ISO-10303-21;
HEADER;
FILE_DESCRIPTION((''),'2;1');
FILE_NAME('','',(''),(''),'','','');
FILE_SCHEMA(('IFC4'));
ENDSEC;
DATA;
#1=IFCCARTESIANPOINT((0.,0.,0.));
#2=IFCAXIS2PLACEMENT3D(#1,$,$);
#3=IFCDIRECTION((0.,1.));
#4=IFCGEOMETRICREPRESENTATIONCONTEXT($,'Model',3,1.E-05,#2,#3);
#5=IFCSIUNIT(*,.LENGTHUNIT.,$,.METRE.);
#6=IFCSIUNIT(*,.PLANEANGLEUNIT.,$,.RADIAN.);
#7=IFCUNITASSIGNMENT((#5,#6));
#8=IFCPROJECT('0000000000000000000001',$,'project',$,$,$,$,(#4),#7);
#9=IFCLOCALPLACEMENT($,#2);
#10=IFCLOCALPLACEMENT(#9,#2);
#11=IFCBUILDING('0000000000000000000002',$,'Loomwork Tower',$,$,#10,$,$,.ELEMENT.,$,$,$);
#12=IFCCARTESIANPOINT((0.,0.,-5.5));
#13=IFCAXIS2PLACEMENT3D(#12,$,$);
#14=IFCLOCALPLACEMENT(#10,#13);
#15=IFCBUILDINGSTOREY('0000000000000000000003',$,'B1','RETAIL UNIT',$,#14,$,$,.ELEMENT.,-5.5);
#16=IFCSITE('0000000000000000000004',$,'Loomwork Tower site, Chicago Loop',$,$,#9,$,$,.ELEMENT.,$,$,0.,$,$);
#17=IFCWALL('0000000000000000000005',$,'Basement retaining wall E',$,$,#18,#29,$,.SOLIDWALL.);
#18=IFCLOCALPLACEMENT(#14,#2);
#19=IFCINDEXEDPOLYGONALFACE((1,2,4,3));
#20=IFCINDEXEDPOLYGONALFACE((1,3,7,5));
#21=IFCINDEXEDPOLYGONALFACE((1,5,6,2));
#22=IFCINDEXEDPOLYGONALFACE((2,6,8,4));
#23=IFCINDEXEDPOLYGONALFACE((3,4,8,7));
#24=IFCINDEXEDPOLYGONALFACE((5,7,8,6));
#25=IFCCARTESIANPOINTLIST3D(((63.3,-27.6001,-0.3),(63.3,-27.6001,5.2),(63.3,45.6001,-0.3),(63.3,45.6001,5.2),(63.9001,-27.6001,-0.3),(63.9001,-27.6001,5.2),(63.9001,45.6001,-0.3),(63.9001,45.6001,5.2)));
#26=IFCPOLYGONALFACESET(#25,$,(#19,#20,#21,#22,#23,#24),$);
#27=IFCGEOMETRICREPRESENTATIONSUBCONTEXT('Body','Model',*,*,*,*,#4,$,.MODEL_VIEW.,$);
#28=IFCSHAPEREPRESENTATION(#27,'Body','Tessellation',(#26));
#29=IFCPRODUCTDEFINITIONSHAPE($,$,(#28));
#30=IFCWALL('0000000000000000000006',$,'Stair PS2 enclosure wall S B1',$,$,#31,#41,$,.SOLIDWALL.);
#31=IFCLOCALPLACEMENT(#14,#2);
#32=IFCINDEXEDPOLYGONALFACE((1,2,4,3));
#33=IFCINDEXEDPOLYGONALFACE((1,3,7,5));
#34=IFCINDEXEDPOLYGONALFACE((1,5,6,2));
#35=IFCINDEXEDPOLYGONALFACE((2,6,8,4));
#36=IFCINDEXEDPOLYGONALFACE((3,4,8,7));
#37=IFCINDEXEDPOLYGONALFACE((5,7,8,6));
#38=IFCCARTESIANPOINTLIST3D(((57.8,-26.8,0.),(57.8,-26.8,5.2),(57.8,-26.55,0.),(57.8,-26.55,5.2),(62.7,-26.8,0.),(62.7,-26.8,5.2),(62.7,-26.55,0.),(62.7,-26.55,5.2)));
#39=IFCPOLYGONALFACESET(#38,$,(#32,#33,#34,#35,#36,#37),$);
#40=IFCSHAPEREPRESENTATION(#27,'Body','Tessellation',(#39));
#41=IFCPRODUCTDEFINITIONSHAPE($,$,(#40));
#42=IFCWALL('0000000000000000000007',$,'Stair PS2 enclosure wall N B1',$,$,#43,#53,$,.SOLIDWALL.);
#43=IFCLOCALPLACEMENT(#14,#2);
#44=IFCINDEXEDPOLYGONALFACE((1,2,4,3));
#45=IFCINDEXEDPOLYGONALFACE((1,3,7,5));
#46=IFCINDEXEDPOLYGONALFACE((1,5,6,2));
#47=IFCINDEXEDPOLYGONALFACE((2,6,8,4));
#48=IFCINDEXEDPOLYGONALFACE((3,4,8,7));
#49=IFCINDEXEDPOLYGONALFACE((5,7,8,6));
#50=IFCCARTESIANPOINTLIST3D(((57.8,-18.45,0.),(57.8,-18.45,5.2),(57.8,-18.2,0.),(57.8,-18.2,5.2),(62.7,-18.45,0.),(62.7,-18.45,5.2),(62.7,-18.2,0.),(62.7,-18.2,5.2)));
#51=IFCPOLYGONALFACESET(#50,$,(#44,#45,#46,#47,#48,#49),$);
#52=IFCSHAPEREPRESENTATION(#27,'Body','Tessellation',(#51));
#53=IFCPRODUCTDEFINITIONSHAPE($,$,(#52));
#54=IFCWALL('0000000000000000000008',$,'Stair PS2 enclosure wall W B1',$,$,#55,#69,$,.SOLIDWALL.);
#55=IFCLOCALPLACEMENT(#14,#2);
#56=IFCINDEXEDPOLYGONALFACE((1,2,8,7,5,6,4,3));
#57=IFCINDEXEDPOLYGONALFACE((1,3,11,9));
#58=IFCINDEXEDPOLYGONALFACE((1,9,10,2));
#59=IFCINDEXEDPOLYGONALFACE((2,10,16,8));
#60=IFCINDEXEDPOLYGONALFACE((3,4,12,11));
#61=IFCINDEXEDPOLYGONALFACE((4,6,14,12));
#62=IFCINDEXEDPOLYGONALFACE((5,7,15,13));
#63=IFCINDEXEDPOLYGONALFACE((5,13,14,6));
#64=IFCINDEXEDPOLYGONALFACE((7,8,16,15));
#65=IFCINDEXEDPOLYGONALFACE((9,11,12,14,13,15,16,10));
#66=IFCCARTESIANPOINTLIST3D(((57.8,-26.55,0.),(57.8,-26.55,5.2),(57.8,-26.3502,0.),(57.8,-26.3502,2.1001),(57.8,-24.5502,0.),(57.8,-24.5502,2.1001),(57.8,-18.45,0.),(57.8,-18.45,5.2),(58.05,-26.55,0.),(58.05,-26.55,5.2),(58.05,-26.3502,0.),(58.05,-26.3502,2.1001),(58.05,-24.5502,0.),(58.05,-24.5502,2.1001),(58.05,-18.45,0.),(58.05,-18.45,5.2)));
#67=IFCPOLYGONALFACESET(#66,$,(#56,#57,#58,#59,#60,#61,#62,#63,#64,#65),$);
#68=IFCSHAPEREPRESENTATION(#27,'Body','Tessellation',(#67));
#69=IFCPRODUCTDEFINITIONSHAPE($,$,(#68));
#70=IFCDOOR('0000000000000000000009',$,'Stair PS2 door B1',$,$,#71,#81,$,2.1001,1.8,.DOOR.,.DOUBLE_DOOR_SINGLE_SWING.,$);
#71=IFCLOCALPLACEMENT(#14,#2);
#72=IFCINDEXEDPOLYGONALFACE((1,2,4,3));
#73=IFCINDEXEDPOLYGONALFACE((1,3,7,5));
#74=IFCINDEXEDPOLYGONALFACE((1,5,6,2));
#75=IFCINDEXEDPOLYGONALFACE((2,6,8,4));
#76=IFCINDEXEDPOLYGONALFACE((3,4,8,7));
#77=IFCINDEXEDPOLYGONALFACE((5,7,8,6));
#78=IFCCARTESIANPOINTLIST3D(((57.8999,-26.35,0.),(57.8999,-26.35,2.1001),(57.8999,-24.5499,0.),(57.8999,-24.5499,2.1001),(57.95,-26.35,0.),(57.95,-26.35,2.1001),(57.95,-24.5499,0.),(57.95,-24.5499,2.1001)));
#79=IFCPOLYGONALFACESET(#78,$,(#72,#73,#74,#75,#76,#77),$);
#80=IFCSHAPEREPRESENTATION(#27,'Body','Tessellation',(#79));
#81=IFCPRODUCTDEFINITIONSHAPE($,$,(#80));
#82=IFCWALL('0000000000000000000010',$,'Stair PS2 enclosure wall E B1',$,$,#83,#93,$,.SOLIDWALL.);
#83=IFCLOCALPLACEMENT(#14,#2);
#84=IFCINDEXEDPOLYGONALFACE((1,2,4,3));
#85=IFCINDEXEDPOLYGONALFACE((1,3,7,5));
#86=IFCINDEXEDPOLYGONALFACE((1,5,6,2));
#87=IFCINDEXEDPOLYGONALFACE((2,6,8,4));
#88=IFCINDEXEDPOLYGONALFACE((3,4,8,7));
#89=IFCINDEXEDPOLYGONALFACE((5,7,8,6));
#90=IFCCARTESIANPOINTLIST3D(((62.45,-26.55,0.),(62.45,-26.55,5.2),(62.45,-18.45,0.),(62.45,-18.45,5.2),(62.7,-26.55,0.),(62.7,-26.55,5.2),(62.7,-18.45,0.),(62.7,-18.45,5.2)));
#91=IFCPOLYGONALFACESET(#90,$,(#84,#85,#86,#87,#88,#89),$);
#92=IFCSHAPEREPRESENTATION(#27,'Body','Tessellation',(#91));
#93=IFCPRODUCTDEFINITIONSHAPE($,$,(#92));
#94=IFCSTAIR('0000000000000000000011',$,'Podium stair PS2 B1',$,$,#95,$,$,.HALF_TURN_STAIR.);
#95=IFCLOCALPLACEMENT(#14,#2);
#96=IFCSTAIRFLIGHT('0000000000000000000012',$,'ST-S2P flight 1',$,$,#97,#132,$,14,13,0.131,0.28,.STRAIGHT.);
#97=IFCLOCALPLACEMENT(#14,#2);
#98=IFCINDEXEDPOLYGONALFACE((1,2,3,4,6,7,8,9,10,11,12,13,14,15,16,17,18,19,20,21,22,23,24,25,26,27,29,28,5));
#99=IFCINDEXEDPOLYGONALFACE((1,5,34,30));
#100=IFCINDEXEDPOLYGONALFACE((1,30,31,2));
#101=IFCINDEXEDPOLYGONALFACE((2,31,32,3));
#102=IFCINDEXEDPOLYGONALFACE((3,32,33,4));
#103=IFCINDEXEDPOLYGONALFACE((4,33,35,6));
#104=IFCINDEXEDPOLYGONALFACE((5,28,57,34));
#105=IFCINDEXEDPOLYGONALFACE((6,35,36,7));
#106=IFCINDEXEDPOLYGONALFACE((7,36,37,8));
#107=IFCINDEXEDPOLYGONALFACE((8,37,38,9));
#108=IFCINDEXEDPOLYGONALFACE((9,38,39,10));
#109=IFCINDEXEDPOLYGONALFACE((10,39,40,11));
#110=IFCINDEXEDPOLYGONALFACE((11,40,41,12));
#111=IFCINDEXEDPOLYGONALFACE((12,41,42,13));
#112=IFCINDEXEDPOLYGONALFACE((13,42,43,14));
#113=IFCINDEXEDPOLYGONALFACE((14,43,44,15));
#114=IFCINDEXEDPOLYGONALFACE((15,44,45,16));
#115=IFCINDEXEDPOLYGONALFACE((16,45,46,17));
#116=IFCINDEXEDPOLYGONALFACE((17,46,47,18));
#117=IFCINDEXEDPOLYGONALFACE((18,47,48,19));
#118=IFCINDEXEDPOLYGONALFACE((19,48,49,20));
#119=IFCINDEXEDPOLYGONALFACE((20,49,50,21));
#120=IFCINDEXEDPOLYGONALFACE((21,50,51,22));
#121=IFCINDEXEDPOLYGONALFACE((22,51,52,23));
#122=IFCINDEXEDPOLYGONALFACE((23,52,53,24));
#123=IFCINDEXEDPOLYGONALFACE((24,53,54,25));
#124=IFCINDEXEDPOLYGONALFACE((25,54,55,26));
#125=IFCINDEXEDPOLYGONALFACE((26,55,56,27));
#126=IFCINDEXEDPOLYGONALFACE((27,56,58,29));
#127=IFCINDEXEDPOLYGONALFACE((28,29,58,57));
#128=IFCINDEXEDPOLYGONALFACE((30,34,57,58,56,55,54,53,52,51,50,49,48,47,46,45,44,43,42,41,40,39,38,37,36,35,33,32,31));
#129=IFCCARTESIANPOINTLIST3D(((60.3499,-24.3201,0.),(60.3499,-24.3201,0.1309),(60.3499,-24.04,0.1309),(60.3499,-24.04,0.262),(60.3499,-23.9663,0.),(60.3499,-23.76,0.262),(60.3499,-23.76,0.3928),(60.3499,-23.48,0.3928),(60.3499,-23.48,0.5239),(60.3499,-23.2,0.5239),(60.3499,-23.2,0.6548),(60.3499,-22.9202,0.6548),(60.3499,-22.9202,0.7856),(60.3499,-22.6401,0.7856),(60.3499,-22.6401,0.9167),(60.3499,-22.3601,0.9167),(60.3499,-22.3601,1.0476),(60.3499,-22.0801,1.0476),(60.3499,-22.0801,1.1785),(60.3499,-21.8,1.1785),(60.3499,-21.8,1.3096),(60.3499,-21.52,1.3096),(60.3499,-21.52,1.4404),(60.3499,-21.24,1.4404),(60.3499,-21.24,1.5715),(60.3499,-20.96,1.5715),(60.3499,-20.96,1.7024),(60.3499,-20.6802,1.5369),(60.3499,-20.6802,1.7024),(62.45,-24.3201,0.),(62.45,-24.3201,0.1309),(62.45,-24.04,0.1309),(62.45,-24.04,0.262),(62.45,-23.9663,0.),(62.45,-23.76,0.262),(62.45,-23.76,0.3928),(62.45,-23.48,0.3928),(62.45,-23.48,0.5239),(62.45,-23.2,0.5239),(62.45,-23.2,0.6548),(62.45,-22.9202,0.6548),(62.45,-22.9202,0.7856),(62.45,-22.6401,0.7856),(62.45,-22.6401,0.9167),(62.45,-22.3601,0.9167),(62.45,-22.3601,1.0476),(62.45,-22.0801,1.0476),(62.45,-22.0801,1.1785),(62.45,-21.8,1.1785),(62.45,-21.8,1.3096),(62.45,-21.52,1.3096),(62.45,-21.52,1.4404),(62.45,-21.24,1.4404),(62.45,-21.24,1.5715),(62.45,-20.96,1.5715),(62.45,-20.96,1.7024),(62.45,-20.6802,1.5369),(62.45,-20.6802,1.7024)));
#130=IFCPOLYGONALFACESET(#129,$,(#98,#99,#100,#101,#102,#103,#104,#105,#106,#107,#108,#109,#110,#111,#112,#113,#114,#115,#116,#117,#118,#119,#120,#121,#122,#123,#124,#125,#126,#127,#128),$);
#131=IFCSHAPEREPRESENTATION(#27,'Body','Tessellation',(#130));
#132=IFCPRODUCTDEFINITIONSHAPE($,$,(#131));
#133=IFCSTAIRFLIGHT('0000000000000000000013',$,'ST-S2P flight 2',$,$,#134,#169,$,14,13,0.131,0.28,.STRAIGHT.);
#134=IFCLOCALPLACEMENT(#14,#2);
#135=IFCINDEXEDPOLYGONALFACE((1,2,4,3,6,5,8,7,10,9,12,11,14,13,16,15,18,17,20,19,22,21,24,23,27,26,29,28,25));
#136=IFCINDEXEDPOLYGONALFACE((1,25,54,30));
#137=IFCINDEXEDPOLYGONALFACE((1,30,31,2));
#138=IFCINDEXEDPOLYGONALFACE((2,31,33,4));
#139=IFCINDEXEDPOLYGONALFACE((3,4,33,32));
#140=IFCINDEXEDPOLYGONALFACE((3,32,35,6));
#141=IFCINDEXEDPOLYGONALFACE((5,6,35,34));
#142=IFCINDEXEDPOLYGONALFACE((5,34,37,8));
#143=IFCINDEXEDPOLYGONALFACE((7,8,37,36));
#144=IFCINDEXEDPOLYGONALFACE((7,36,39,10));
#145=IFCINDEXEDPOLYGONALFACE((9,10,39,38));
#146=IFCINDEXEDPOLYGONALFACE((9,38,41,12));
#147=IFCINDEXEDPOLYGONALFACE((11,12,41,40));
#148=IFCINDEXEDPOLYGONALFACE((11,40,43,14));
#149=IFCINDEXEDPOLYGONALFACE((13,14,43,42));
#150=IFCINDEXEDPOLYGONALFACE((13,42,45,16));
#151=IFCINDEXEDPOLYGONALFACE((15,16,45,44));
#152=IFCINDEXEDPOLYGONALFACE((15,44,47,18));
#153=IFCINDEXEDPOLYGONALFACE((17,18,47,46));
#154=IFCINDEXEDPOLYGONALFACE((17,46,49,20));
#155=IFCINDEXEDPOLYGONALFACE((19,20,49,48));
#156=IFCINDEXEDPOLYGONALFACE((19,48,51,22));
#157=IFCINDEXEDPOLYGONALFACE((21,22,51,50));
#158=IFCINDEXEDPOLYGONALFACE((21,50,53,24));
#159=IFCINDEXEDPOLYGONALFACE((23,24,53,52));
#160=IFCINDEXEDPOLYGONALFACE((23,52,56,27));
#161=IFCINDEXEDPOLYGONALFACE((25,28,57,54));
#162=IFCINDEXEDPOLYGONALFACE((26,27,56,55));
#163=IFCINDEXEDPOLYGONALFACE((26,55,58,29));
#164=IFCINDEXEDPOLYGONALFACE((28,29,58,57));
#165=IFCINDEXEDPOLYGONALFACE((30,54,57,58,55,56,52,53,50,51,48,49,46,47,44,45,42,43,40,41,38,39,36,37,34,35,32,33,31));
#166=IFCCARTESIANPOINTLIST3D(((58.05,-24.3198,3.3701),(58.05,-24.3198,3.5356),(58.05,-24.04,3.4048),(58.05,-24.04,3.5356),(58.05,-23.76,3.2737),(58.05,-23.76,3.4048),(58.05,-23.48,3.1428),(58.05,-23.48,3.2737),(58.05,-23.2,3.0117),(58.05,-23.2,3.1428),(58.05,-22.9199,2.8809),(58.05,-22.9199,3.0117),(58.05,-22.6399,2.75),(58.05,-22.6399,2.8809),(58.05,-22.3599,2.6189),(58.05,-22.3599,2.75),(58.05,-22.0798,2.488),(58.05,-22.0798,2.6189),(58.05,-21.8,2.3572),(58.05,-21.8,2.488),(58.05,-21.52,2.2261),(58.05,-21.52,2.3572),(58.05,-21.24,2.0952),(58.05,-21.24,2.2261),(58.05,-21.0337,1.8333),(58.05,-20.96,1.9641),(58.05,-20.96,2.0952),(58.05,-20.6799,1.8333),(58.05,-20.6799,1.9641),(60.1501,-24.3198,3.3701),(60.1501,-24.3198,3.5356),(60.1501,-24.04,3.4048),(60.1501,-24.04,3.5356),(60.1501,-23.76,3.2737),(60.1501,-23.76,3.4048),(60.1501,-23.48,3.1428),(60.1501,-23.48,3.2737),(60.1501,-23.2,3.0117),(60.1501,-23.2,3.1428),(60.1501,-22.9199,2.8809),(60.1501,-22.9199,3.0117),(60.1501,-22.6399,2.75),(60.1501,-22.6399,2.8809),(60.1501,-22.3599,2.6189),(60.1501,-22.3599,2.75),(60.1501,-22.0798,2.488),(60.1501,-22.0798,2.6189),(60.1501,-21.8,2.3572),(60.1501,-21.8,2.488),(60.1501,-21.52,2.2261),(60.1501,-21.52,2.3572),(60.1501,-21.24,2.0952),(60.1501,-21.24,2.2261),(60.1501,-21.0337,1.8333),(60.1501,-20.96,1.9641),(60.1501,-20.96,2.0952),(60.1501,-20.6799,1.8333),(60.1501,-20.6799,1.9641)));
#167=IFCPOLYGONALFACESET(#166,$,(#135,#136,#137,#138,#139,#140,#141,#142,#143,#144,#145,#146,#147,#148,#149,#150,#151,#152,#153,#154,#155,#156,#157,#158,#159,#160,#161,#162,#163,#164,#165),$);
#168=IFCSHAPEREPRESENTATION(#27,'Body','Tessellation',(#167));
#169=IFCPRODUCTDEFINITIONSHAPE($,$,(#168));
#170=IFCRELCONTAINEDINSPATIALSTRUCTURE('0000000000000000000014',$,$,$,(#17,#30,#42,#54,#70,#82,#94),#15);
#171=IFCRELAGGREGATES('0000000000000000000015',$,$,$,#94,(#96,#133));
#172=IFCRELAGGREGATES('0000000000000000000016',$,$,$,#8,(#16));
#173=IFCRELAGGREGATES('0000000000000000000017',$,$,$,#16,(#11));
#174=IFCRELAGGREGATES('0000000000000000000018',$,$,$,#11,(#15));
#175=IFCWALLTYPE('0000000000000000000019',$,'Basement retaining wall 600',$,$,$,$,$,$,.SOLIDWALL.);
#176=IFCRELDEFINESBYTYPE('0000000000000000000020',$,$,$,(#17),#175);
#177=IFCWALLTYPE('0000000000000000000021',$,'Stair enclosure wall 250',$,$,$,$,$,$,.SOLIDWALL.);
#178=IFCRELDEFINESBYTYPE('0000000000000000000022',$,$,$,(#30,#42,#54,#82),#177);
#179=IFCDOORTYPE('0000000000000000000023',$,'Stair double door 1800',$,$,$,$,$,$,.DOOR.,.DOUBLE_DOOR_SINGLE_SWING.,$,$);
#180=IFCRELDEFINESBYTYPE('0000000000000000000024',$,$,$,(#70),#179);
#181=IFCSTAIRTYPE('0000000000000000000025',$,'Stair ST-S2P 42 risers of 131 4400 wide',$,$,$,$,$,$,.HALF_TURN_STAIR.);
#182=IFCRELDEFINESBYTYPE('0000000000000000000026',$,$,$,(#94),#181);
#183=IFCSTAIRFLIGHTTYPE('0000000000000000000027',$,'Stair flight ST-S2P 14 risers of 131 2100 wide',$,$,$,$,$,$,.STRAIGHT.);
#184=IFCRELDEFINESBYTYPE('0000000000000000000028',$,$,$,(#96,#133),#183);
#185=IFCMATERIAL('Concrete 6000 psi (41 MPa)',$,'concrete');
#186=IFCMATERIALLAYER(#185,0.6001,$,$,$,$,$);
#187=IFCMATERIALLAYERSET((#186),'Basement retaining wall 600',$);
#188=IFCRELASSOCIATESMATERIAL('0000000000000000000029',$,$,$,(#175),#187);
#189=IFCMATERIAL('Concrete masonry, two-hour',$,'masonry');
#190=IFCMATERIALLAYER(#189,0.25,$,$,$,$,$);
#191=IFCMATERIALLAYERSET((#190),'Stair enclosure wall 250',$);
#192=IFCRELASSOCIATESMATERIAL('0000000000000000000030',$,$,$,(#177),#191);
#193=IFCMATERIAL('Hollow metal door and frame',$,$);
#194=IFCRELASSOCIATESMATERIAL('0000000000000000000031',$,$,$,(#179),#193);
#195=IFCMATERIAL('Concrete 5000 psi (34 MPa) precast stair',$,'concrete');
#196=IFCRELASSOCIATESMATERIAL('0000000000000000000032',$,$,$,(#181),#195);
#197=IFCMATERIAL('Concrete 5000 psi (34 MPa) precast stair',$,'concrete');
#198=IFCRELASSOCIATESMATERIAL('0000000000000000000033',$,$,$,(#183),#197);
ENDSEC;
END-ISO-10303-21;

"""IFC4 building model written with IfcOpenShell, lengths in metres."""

from ifc_helpers import new_model, si_unit, direction, frame, frame_2d, origin, place, context, subcontext, project, spatial, polyline, rectangle, outline, extrude, material, layer, layer_set, type_object, element, fill, aggregate, save


model = new_model("IFC4")

# Units and contexts
model_context = context("Model", 3, precision=1e-05, world=origin(), true_north=direction((0.0, 1.0)))
body_context = subcontext(model_context, "Body", "Model", "MODEL_VIEW")
ifc_project = project(units=[si_unit("LENGTHUNIT", "METRE"), si_unit("PLANEANGLEUNIT", "RADIAN")], contexts=[model_context])

# Site, building, storey
site_placement = place(None, origin())
site = spatial("IfcSite", under=ifc_project, at=site_placement, Name="Loomwork Tower site, Chicago Loop", CompositionType="ELEMENT", RefElevation=0.0)
building_placement = place(site_placement, origin())
building = spatial("IfcBuilding", under=site, at=building_placement, Name="Loomwork Tower", CompositionType="ELEMENT")
storey_placement = place(building_placement, frame((0.0, 0.0, -5.5)))
storey = spatial("IfcBuildingStorey", under=building, at=storey_placement, Name="B1", Description="RETAIL UNIT", CompositionType="ELEMENT", Elevation=-5.5)

# Walls
ifc_material_1 = material(Name="Concrete 6000 psi (41 MPa)", Category="concrete")
ifc_layer_1 = layer(ifc_material_1, 0.6001)
ifc_layer_set_1 = layer_set([ifc_layer_1], Name="Basement retaining wall 600")
wall_type_1 = type_object("IfcWallType", Name="Basement retaining wall 600", PredefinedType="SOLIDWALL", material=ifc_layer_set_1)
wall_1_placement = place(storey_placement, frame((63.6001, -27.6001, -0.3), z_axis=(0.0, 0.0, 1.0), x_axis=(0.0, 1.0, 0.0)))
element("IfcWall", 1, at=wall_1_placement, inside=storey, type_object=wall_type_1, Name="Basement retaining wall E", PredefinedType="SOLIDWALL", context=body_context, shape_type="SweptSolid", body=[
    extrude(rectangle(XDim=73.2002, YDim=0.6001, at=frame_2d((36.6001, 0.0))), origin(), (0.0, 0.0, 1.0), 5.5),
])
ifc_material_2 = material(Name="Concrete masonry, two-hour", Category="masonry")
ifc_layer_2 = layer(ifc_material_2, 0.25)
ifc_layer_set_2 = layer_set([ifc_layer_2], Name="Stair enclosure wall 250")
wall_type_2 = type_object("IfcWallType", Name="Stair enclosure wall 250", PredefinedType="SOLIDWALL", material=ifc_layer_set_2)
for number, where, z_axis, x_axis, name in (
    (2, (57.8, -26.675, 0.0), (0.0, 0.0, 1.0), (1.0, 0.0, 0.0), "Stair PS2 enclosure wall S B1"),
    (3, (57.8, -18.325, 0.0), (0.0, 0.0, 1.0), (1.0, 0.0, 0.0), "Stair PS2 enclosure wall N B1"),
):
    element("IfcWall", number, at=place(storey_placement, frame(where, z_axis=z_axis, x_axis=x_axis)), inside=storey, type_object=wall_type_2, Name=name, PredefinedType="SOLIDWALL", context=body_context, shape_type="SweptSolid", body=[
        extrude(rectangle(XDim=4.8999, YDim=0.25, at=frame_2d((2.45, 0.0))), origin(), (0.0, 0.0, 1.0), 5.2),
    ])

# Wall, opening, door
wall_2_placement = place(storey_placement, frame((57.925, -26.55, 0.0), z_axis=(0.0, 0.0, 1.0), x_axis=(0.0, 1.0, 0.0)))
wall_2 = element("IfcWall", 4, at=wall_2_placement, inside=storey, type_object=wall_type_2, Name="Stair PS2 enclosure wall W B1", PredefinedType="SOLIDWALL", context=body_context, shape_type="SweptSolid", body=[
    extrude(rectangle(XDim=8.1001, YDim=0.25, at=frame_2d((4.05, 0.0))), origin(), (0.0, 0.0, 1.0), 5.2),
])
opening_placement = place(wall_2_placement, frame((0.2, 0.0, 0.0)))
opening = element("IfcOpeningElement", 5, at=opening_placement, cuts=wall_2, PredefinedType="OPENING", context=body_context, shape_type="SweptSolid", body=[
    extrude(rectangle(XDim=1.8, YDim=2.1001, at=frame_2d((0.8999, 1.05))), frame((0.0, 0.135, 0.0), z_axis=(0.0, -1.0, 0.0), x_axis=(1.0, 0.0, 0.0)), (0.0, 0.0, 1.0), 0.27),
])
ifc_material_3 = material(Name="Hollow metal door and frame")
door_type = type_object("IfcDoorType", Name="Stair double door 1800", OperationType="DOUBLE_DOOR_SINGLE_SWING", PredefinedType="DOOR", material=ifc_material_3)
door_placement = place(opening_placement, frame((1.8, 0.0, 0.0), z_axis=(0.0, 0.0, 1.0), x_axis=(-1.0, 0.0, 0.0)))
door = element("IfcDoor", 6, at=door_placement, inside=storey, type_object=door_type, Name="Stair PS2 door B1", OperationType="DOUBLE_DOOR_SINGLE_SWING", OverallHeight=2.1001, OverallWidth=1.8, PredefinedType="DOOR", context=body_context, shape_type="SweptSolid", body=[
    extrude(rectangle(XDim=1.8, YDim=2.1001, at=frame_2d((0.8999, 1.05))), frame((0.0, 0.0249, 0.0), z_axis=(0.0, -1.0, 0.0), x_axis=(1.0, 0.0, 0.0)), (0.0, 0.0, 1.0), 0.05),
])
fill(opening, door)

# Wall
wall_3_placement = place(storey_placement, frame((62.575, -26.55, 0.0), z_axis=(0.0, 0.0, 1.0), x_axis=(0.0, 1.0, 0.0)))
element("IfcWall", 7, at=wall_3_placement, inside=storey, type_object=wall_type_2, Name="Stair PS2 enclosure wall E B1", PredefinedType="SOLIDWALL", context=body_context, shape_type="SweptSolid", body=[
    extrude(rectangle(XDim=8.1001, YDim=0.25, at=frame_2d((4.05, 0.0))), origin(), (0.0, 0.0, 1.0), 5.2),
])

# Stair, stair flights
ifc_material_4 = material(Name="Concrete 5000 psi (34 MPa) precast stair", Category="concrete")
stair_type = type_object("IfcStairType", Name="Stair ST-S2P 42 risers of 131 4400 wide", PredefinedType="HALF_TURN_STAIR", material=ifc_material_4)
stair_placement = place(storey_placement, origin())
stair = element("IfcStair", 8, at=stair_placement, inside=storey, type_object=stair_type, Name="Podium stair PS2 B1", PredefinedType="HALF_TURN_STAIR")
ifc_material_5 = material(Name="Concrete 5000 psi (34 MPa) precast stair", Category="concrete")
stair_flight_type = type_object("IfcStairFlightType", Name="Stair flight ST-S2P 14 risers of 131 2100 wide", PredefinedType="STRAIGHT", material=ifc_material_5)
stair_flight_1_placement = place(storey_placement, frame((61.3999, -24.3201, 0.0), z_axis=(0.0, 0.0, 1.0), x_axis=(0.0, 1.0, 0.0)))
stair_flight_1 = element("IfcStairFlight", 9, at=stair_flight_1_placement, type_object=stair_flight_type, Name="ST-S2P flight 1", NumberOfRisers=14, NumberOfTreads=13, PredefinedType="STRAIGHT", RiserHeight=0.131, TreadLength=0.28, context=body_context, shape_type="SweptSolid", body=[
    extrude(outline(polyline([(0.0, 0.0), (0.0, 0.1309), (0.28, 0.1309), (0.28, 0.262), (0.5601, 0.262), (0.5601, 0.3928), (0.8401, 0.3928), (0.8401, 0.5239), (1.1201, 0.5239), (1.1201, 0.6548), (1.3999, 0.6548), (1.3999, 0.7856), (1.6799, 0.7856), (1.6799, 0.9167), (1.96, 0.9167), (1.96, 1.0476), (2.24, 1.0476), (2.24, 1.1785), (2.52, 1.1785), (2.52, 1.3096), (2.8, 1.3096), (2.8, 1.4404), (3.0801, 1.4404), (3.0801, 1.5715), (3.3601, 1.5715), (3.3601, 1.7024), (3.6399, 1.7024), (3.6399, 1.8333), (3.6399, 1.5369), (0.3538, 0.0), (0.0, 0.0)])), frame((0.0, 1.05, 0.0), z_axis=(0.0, -1.0, 0.0), x_axis=(1.0, 0.0, 0.0)), (0.0, 0.0, 1.0), 2.1001),
])
stair_flight_2_placement = place(storey_placement, frame((59.1001, -20.6799, 1.8333), z_axis=(0.0, 0.0, 1.0), x_axis=(0.0, -1.0, 0.0)))
stair_flight_2 = element("IfcStairFlight", 10, at=stair_flight_2_placement, type_object=stair_flight_type, Name="ST-S2P flight 2", NumberOfRisers=14, NumberOfTreads=13, PredefinedType="STRAIGHT", RiserHeight=0.131, TreadLength=0.28, context=body_context, shape_type="SweptSolid", body=[
    extrude(outline(polyline([(0.0, 0.0), (0.0, 0.1309), (0.28, 0.1309), (0.28, 0.262), (0.5601, 0.262), (0.5601, 0.3928), (0.8401, 0.3928), (0.8401, 0.5239), (1.1201, 0.5239), (1.1201, 0.6548), (1.3999, 0.6548), (1.3999, 0.7856), (1.6799, 0.7856), (1.6799, 0.9167), (1.96, 0.9167), (1.96, 1.0476), (2.24, 1.0476), (2.24, 1.1785), (2.52, 1.1785), (2.52, 1.3096), (2.8, 1.3096), (2.8, 1.4404), (3.0801, 1.4404), (3.0801, 1.5715), (3.3601, 1.5715), (3.3601, 1.7024), (3.6399, 1.7024), (3.6399, 1.8333), (3.6399, 1.5369), (0.3538, 0.0), (0.0, 0.0)])), frame((0.0, 1.05, 0.0), z_axis=(0.0, -1.0, 0.0), x_axis=(1.0, 0.0, 0.0)), (0.0, 0.0, 1.0), 2.1001),
])
aggregate(stair, [stair_flight_1, stair_flight_2])

save(model, "model.ifc")
